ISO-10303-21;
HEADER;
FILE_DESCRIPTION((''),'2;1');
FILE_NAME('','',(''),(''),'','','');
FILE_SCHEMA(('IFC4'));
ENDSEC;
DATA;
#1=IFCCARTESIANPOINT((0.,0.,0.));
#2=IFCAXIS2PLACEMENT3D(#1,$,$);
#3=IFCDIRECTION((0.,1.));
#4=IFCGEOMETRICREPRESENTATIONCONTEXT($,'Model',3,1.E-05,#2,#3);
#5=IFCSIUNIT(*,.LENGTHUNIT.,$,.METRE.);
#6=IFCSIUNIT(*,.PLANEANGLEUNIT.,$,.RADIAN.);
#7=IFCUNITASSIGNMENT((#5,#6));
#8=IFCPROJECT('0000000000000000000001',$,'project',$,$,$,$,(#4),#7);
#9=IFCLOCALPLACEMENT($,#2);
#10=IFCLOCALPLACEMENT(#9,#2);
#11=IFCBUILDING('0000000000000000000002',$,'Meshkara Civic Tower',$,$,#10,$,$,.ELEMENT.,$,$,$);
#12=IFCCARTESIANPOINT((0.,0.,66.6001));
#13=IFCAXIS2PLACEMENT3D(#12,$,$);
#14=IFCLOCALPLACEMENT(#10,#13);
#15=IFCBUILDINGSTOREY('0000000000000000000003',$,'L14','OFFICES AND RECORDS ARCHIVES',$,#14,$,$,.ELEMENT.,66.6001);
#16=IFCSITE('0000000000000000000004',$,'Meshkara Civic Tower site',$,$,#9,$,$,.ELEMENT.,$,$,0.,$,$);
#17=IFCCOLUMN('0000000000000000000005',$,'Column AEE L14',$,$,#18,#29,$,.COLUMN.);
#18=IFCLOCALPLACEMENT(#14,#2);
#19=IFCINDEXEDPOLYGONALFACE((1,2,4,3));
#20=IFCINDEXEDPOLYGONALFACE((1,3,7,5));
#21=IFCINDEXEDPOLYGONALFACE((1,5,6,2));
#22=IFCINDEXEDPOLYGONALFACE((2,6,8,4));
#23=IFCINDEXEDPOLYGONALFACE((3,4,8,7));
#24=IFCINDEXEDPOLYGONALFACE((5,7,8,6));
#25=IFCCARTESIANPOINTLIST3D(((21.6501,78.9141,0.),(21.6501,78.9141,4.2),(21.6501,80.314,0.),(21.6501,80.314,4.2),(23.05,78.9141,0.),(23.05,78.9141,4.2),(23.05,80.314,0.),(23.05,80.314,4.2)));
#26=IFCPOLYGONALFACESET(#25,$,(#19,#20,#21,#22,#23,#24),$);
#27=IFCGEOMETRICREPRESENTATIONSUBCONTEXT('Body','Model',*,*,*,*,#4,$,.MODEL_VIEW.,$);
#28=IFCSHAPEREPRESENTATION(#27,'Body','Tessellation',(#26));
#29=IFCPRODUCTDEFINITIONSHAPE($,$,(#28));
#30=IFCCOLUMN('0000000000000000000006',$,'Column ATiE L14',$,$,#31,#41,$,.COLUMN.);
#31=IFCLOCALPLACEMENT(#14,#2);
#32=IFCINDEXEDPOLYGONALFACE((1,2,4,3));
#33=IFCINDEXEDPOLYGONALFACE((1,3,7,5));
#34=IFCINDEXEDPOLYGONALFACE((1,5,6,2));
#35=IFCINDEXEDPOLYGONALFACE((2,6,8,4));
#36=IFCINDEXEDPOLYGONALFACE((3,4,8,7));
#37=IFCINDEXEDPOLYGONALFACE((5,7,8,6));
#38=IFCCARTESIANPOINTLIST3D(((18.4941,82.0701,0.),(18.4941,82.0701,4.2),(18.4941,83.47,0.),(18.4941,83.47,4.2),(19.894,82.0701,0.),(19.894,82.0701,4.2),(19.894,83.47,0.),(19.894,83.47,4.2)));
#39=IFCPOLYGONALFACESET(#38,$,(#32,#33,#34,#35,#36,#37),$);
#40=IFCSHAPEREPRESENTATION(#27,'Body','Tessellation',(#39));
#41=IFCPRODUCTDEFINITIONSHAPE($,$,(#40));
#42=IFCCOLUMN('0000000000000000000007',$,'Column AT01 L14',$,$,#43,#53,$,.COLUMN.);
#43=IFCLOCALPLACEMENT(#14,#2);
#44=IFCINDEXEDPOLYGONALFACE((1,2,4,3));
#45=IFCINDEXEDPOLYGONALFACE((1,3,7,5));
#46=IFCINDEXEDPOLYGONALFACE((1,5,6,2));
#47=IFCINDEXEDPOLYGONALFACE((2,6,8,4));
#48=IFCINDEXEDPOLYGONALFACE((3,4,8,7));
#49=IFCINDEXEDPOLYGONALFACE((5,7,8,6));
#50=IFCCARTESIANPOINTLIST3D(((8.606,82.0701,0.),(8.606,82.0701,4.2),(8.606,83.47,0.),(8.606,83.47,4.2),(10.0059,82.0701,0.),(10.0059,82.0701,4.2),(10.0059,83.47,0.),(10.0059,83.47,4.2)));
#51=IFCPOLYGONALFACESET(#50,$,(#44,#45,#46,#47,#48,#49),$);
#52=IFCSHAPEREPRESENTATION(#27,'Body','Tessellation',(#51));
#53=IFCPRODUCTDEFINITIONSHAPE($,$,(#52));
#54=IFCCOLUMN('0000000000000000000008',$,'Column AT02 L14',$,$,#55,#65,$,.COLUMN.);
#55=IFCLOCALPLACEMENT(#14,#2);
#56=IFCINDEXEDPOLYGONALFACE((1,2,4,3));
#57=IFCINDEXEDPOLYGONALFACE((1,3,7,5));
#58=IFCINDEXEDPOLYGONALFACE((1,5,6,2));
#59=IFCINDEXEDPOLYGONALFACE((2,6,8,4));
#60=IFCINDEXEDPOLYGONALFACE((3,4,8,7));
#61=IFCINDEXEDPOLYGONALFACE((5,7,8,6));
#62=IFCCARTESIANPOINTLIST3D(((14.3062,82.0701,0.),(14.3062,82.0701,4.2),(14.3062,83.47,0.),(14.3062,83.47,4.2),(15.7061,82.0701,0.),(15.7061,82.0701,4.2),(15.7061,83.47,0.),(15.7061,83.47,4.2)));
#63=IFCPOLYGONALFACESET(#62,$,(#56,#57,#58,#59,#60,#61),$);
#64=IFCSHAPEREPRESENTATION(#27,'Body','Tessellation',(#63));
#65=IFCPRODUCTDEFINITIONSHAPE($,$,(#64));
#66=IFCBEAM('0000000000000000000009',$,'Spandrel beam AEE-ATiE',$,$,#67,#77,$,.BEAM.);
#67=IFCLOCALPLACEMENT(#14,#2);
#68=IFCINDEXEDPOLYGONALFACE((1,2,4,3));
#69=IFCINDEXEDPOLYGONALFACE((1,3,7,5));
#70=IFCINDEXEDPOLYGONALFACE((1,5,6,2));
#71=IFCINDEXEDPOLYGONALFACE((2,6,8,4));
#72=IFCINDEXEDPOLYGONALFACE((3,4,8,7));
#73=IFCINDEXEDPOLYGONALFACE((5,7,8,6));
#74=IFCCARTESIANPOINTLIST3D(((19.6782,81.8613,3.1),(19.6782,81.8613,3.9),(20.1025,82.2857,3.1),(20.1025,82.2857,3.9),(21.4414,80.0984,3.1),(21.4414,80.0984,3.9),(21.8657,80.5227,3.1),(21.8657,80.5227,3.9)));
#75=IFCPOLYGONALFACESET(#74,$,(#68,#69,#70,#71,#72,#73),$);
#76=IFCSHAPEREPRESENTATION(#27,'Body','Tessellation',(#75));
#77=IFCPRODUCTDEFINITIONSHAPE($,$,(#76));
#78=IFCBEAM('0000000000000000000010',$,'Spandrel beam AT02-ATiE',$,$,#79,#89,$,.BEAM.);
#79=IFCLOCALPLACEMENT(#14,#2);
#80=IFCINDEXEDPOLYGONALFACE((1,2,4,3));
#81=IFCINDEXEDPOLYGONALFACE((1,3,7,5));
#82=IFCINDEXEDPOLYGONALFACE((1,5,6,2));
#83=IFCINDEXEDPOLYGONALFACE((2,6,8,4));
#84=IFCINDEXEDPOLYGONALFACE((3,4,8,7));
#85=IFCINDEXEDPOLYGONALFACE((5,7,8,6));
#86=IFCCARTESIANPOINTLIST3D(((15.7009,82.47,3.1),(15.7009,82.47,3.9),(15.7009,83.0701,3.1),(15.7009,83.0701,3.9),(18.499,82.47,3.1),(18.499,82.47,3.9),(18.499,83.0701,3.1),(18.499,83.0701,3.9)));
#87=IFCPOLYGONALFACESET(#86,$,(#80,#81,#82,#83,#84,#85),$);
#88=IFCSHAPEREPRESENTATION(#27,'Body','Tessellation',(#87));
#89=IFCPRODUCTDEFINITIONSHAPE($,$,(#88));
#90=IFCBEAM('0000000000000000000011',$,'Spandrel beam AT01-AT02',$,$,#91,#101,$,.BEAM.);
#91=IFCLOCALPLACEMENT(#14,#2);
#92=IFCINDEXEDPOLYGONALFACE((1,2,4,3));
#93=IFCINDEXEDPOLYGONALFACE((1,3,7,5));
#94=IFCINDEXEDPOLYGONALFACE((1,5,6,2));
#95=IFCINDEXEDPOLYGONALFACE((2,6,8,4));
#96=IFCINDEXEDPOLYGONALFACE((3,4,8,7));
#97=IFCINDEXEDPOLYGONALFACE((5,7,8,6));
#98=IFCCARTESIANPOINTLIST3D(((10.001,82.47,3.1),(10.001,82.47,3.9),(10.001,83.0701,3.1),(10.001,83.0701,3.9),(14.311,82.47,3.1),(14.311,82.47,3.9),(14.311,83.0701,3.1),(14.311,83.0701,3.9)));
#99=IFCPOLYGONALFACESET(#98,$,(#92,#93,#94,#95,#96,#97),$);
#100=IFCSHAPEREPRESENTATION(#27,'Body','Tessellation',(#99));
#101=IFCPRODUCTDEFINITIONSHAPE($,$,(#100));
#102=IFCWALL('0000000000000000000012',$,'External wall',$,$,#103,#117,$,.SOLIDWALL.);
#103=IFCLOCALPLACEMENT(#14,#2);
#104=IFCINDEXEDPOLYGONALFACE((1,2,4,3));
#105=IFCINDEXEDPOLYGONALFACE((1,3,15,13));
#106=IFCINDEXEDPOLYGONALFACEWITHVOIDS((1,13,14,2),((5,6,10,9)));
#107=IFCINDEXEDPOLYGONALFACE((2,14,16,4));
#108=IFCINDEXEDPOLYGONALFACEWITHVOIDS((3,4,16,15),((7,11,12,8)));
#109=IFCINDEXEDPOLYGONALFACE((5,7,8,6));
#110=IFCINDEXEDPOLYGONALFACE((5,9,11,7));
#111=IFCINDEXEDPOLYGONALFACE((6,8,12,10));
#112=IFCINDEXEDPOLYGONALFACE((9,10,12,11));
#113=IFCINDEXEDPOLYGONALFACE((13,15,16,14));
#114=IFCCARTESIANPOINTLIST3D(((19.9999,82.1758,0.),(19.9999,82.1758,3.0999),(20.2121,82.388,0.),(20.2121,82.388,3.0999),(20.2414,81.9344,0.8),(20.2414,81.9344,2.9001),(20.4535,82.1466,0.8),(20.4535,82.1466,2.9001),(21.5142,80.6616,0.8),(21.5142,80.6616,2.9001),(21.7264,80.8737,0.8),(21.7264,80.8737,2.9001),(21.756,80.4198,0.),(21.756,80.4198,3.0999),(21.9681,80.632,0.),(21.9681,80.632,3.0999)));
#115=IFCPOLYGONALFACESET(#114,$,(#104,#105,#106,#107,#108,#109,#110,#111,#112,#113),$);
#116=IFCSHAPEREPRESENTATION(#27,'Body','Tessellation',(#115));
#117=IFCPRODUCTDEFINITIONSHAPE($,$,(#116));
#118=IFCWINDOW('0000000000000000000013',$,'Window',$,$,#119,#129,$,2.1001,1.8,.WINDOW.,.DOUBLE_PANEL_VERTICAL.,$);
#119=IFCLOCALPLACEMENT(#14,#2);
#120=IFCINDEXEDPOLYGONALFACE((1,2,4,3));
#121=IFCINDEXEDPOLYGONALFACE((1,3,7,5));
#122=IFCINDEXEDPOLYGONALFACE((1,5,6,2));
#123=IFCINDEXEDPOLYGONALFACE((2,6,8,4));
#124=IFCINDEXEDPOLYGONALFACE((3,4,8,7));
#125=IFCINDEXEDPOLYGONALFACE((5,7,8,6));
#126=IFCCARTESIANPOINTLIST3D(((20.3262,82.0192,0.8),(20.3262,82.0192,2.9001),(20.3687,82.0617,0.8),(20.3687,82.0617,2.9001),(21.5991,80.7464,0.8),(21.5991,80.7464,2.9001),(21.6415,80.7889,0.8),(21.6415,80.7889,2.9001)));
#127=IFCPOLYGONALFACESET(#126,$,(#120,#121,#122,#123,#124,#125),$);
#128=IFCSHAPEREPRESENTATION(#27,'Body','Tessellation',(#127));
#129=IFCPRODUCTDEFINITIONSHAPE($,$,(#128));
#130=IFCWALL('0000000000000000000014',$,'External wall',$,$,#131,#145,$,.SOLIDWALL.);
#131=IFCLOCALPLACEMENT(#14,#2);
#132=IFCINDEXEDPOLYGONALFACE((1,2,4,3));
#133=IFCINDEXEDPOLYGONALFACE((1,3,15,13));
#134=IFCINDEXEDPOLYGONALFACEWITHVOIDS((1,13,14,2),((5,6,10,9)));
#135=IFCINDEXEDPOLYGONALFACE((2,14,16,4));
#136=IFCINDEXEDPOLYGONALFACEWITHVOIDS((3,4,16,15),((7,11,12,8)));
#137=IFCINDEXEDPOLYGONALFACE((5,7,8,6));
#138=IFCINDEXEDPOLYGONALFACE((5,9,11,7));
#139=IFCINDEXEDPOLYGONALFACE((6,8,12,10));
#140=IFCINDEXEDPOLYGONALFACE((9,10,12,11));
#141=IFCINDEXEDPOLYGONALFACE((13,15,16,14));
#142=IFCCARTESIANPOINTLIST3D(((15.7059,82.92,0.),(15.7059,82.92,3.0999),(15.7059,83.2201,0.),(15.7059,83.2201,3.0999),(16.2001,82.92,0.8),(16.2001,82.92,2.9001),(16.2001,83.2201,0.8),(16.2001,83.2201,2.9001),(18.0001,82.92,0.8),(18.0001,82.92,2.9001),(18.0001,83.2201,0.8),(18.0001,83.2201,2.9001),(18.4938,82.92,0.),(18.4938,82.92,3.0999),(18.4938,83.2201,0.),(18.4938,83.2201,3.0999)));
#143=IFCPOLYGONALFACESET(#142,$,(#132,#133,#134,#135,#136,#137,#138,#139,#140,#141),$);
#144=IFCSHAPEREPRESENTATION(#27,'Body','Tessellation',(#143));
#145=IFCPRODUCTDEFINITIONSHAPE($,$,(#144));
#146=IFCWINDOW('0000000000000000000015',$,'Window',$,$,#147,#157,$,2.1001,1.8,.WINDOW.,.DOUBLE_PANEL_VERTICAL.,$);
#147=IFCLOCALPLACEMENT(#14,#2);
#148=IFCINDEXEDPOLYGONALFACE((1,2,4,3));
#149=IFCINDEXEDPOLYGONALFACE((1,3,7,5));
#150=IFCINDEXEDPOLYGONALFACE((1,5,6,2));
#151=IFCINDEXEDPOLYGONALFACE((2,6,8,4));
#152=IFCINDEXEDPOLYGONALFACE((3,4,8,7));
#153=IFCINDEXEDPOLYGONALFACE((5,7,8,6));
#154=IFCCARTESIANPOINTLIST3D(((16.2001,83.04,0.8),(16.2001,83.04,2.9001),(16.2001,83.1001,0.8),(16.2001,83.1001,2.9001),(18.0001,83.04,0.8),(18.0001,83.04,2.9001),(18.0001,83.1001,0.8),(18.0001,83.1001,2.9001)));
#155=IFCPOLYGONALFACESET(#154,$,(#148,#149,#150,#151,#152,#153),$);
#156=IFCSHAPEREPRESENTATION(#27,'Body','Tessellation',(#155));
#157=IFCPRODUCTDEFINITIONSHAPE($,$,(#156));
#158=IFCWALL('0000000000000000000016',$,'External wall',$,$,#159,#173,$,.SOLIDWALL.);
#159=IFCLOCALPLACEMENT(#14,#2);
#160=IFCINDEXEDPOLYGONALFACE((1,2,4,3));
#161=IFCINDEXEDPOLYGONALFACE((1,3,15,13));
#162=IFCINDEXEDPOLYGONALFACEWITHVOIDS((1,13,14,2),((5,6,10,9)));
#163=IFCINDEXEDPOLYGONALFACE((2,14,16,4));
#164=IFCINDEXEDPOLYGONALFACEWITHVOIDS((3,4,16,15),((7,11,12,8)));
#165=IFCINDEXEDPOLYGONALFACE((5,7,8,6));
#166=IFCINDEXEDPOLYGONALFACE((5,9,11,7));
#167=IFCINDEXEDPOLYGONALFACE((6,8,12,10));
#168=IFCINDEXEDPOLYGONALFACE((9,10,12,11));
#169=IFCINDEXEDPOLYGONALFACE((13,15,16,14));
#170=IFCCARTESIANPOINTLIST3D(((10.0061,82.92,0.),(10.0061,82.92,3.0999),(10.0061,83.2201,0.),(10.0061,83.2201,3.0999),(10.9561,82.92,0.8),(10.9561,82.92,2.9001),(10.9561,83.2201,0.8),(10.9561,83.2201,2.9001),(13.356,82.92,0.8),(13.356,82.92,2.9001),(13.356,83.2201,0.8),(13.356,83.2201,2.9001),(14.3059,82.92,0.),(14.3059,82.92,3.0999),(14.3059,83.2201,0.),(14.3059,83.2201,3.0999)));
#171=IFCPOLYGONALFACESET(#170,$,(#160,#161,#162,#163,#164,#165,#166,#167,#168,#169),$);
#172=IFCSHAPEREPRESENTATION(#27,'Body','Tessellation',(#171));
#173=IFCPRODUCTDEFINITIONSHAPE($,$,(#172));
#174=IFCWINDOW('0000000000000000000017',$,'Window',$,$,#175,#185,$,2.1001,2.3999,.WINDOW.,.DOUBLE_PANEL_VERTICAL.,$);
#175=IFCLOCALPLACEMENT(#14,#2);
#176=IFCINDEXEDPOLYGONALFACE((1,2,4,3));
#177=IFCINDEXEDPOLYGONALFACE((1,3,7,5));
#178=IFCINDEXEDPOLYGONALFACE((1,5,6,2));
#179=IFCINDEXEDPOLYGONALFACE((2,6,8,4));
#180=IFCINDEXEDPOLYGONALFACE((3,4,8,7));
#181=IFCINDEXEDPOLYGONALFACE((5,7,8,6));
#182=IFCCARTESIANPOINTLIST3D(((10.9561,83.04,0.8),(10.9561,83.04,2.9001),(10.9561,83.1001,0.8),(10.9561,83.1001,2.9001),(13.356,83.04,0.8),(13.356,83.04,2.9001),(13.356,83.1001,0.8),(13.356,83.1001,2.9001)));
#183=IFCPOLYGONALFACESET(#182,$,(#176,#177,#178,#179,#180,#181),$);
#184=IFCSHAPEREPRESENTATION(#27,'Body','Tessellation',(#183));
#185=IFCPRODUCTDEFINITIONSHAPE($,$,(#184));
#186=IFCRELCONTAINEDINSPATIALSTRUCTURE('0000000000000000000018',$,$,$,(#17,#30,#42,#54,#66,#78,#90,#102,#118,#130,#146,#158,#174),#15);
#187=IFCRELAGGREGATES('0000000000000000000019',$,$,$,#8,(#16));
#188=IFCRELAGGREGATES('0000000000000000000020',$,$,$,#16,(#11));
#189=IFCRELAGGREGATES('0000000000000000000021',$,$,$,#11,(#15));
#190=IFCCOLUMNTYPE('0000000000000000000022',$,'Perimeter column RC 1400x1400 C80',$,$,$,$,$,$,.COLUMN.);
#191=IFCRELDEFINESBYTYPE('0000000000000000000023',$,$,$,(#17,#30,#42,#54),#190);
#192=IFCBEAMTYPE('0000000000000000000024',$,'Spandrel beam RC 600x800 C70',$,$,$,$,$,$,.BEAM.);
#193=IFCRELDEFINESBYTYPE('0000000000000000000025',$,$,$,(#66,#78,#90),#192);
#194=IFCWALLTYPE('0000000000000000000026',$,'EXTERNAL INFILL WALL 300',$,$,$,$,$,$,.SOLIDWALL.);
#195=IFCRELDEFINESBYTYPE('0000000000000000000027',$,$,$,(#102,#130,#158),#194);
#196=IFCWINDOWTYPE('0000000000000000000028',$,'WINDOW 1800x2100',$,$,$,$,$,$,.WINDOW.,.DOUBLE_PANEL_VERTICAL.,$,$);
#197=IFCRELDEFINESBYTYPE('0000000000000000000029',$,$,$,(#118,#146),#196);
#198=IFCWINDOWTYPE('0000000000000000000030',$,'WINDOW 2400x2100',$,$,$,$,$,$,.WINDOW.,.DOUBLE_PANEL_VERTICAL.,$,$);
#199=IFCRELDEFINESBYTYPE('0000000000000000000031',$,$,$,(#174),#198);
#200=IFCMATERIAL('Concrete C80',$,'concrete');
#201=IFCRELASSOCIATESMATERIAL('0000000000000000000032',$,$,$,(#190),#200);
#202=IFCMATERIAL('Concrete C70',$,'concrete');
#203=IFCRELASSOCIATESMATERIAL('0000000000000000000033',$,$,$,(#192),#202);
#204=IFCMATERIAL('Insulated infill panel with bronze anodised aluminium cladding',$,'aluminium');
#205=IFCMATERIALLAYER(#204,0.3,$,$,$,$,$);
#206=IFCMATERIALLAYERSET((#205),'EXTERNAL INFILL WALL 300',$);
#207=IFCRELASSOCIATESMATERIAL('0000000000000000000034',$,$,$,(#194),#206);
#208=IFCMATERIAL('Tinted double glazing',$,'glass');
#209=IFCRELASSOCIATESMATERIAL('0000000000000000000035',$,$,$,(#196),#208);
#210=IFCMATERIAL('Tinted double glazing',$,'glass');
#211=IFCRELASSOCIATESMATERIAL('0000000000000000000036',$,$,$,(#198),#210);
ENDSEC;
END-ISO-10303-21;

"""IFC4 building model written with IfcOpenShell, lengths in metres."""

from ifc_helpers import new_model, si_unit, direction, frame, frame_2d, origin, origin_2d, place, context, subcontext, project, spatial, rectangle, extrude, material, layer, layer_set, material_profile, profile_set, type_object, element, fill, save


model = new_model("IFC4")

# Units and contexts
model_context = context("Model", 3, precision=1e-05, world=origin(), true_north=direction((0.0, 1.0)))
body_context = subcontext(model_context, "Body", "Model", "MODEL_VIEW")
ifc_project = project(units=[si_unit("LENGTHUNIT", "METRE"), si_unit("PLANEANGLEUNIT", "RADIAN")], contexts=[model_context])

# Site, building, storey
site_placement = place(None, origin())
site = spatial("IfcSite", under=ifc_project, at=site_placement, Name="Meshkara Civic Tower site", CompositionType="ELEMENT", RefElevation=0.0)
building_placement = place(site_placement, origin())
building = spatial("IfcBuilding", under=site, at=building_placement, Name="Meshkara Civic Tower", CompositionType="ELEMENT")
storey_placement = place(building_placement, frame((0.0, 0.0, 66.6001)))
storey = spatial("IfcBuildingStorey", under=building, at=storey_placement, Name="L14", Description="OFFICES AND RECORDS ARCHIVES", CompositionType="ELEMENT", Elevation=66.6001)

# Columns
ifc_material_1 = material(Name="Concrete C80", Category="concrete")
ifc_material_profile_1 = material_profile(ifc_material_1, rectangle(XDim=1.3999, YDim=1.3999, at=origin_2d()))
ifc_profile_set_1 = profile_set([ifc_material_profile_1], Name="Concrete C80")
column_type = type_object("IfcColumnType", Name="Perimeter column RC 1400x1400 C80", PredefinedType="COLUMN", material=ifc_profile_set_1)
for number, where, z_axis, x_axis, name in (
    (1, (22.3501, 79.614, 0.0), (0.0, 0.0, 1.0), (1.0, 0.0, 0.0), "Column AEE L14"),
    (2, (19.1941, 82.77, 0.0), (0.0, 0.0, 1.0), (1.0, 0.0, 0.0), "Column ATiE L14"),
    (3, (9.3059, 82.77, 0.0), (0.0, 0.0, 1.0), (1.0, 0.0, 0.0), "Column AT01 L14"),
    (4, (15.0061, 82.77, 0.0), (0.0, 0.0, 1.0), (1.0, 0.0, 0.0), "Column AT02 L14"),
):
    element("IfcColumn", number, at=place(storey_placement, frame(where, z_axis=z_axis, x_axis=x_axis)), inside=storey, type_object=column_type, Name=name, PredefinedType="COLUMN", context=body_context, shape_type="SweptSolid", body=[
        extrude(rectangle(XDim=1.3999, YDim=1.3999, at=origin_2d()), origin(), (0.0, 0.0, 1.0), 4.2),
    ])

# Beams
ifc_material_2 = material(Name="Concrete C70", Category="concrete")
ifc_material_profile_2 = material_profile(ifc_material_2, rectangle(XDim=0.6001, YDim=0.8, at=origin_2d()))
ifc_profile_set_2 = profile_set([ifc_material_profile_2], Name="Concrete C70")
beam_type = type_object("IfcBeamType", Name="Spandrel beam RC 600x800 C70", PredefinedType="BEAM", material=ifc_profile_set_2)
beam_1_placement = place(storey_placement, frame((21.6536, 80.3105, 3.5), z_axis=(-0.707156, 0.707058, 0.0), x_axis=(-0.707058, -0.707156, 0.0)))
element("IfcBeam", 5, at=beam_1_placement, inside=storey, type_object=beam_type, Name="Spandrel beam AEE-ATiE", PredefinedType="BEAM", context=body_context, shape_type="SweptSolid", body=[
    extrude(rectangle(XDim=0.6001, YDim=0.8, at=origin_2d()), origin(), (0.0, 0.0, 1.0), 2.4934),
])
beam_2_placement = place(storey_placement, frame((18.499, 82.77, 3.5), z_axis=(-1.0, 0.0, 0.0), x_axis=(0.0, -1.0, 0.0)))
element("IfcBeam", 6, at=beam_2_placement, inside=storey, type_object=beam_type, Name="Spandrel beam AT02-ATiE", PredefinedType="BEAM", context=body_context, shape_type="SweptSolid", body=[
    extrude(rectangle(XDim=0.6001, YDim=0.8, at=origin_2d()), origin(), (0.0, 0.0, 1.0), 2.7981),
])
beam_3_placement = place(storey_placement, frame((14.311, 82.77, 3.5), z_axis=(-1.0, 0.0, 0.0), x_axis=(0.0, -1.0, 0.0)))
element("IfcBeam", 7, at=beam_3_placement, inside=storey, type_object=beam_type, Name="Spandrel beam AT01-AT02", PredefinedType="BEAM", context=body_context, shape_type="SweptSolid", body=[
    extrude(rectangle(XDim=0.6001, YDim=0.8, at=origin_2d()), origin(), (0.0, 0.0, 1.0), 4.3101),
])

# Walls, openings, windows
ifc_material_3 = material(Name="Insulated infill panel with bronze anodised aluminium cladding", Category="aluminium")
ifc_layer_1 = layer(ifc_material_3, 0.3)
ifc_layer_set_1 = layer_set([ifc_layer_1], Name="EXTERNAL INFILL WALL 300")
wall_type = type_object("IfcWallType", Name="EXTERNAL INFILL WALL 300", PredefinedType="SOLIDWALL", material=ifc_layer_set_1)
wall_1_placement = place(storey_placement, frame((21.8621, 80.5259, 0.0), z_axis=(0.0, 0.0, 1.0), x_axis=(-0.707107, 0.707107, 0.0)))
wall_1 = element("IfcWall", 8, at=wall_1_placement, inside=storey, type_object=wall_type, Name="External wall", PredefinedType="SOLIDWALL", context=body_context, shape_type="SweptSolid", body=[
    extrude(rectangle(XDim=2.4834, YDim=0.3, at=frame_2d((1.2417, 0.0))), origin(), (0.0, 0.0, 1.0), 3.0999),
])
opening_1_placement = place(wall_1_placement, frame((0.342, 0.0, 0.8)))
opening_1 = element("IfcOpeningElement", 9, at=opening_1_placement, cuts=wall_1, PredefinedType="OPENING", context=body_context, shape_type="SweptSolid", body=[
    extrude(rectangle(XDim=1.8, YDim=2.1001, at=frame_2d((0.8999, 1.05))), frame((0.0, 0.1599, 0.0), z_axis=(0.0, -1.0, 0.0), x_axis=(1.0, 0.0, 0.0)), (0.0, 0.0, 1.0), 0.3201),
])
ifc_material_4 = material(Name="Tinted double glazing", Category="glass")
window_type_1 = type_object("IfcWindowType", Name="WINDOW 1800x2100", PartitioningType="DOUBLE_PANEL_VERTICAL", PredefinedType="WINDOW", material=ifc_material_4)
window_1_placement = place(opening_1_placement, origin())
window_1 = element("IfcWindow", 10, at=window_1_placement, inside=storey, type_object=window_type_1, Name="Window", OverallHeight=2.1001, OverallWidth=1.8, PartitioningType="DOUBLE_PANEL_VERTICAL", PredefinedType="WINDOW", context=body_context, shape_type="SweptSolid", body=[
    extrude(rectangle(XDim=1.8, YDim=2.1001, at=frame_2d((0.8999, 1.05))), frame((0.0, 0.03, 0.0), z_axis=(0.0, -1.0, 0.0), x_axis=(1.0, 0.0, 0.0)), (0.0, 0.0, 1.0), 0.0601),
])
fill(opening_1, window_1)
wall_2_placement = place(storey_placement, frame((18.4939, 83.0701, 0.0), z_axis=(0.0, 0.0, 1.0), x_axis=(-1.0, 0.0, 0.0)))
wall_2 = element("IfcWall", 11, at=wall_2_placement, inside=storey, type_object=wall_type, Name="External wall", PredefinedType="SOLIDWALL", context=body_context, shape_type="SweptSolid", body=[
    extrude(rectangle(XDim=2.7878, YDim=0.3, at=frame_2d((1.394, 0.0))), origin(), (0.0, 0.0, 1.0), 3.0999),
])
opening_2_placement = place(wall_2_placement, frame((0.4939, 0.0, 0.8)))
opening_2 = element("IfcOpeningElement", 12, at=opening_2_placement, cuts=wall_2, PredefinedType="OPENING", context=body_context, shape_type="SweptSolid", body=[
    extrude(rectangle(XDim=1.8, YDim=2.1001, at=frame_2d((0.8999, 1.05))), frame((0.0, 0.1599, 0.0), z_axis=(0.0, -1.0, 0.0), x_axis=(1.0, 0.0, 0.0)), (0.0, 0.0, 1.0), 0.3201),
])
window_2_placement = place(opening_2_placement, origin())
window_2 = element("IfcWindow", 13, at=window_2_placement, inside=storey, type_object=window_type_1, Name="Window", OverallHeight=2.1001, OverallWidth=1.8, PartitioningType="DOUBLE_PANEL_VERTICAL", PredefinedType="WINDOW", context=body_context, shape_type="SweptSolid", body=[
    extrude(rectangle(XDim=1.8, YDim=2.1001, at=frame_2d((0.8999, 1.05))), frame((0.0, 0.03, 0.0), z_axis=(0.0, -1.0, 0.0), x_axis=(1.0, 0.0, 0.0)), (0.0, 0.0, 1.0), 0.0601),
])
fill(opening_2, window_2)
wall_3_placement = place(storey_placement, frame((14.3059, 83.0701, 0.0), z_axis=(0.0, 0.0, 1.0), x_axis=(-1.0, 0.0, 0.0)))
wall_3 = element("IfcWall", 14, at=wall_3_placement, inside=storey, type_object=wall_type, Name="External wall", PredefinedType="SOLIDWALL", context=body_context, shape_type="SweptSolid", body=[
    extrude(rectangle(XDim=4.2998, YDim=0.3, at=frame_2d((2.1499, 0.0))), origin(), (0.0, 0.0, 1.0), 3.0999),
])
opening_3_placement = place(wall_3_placement, frame((0.95, 0.0, 0.8)))
opening_3 = element("IfcOpeningElement", 15, at=opening_3_placement, cuts=wall_3, PredefinedType="OPENING", context=body_context, shape_type="SweptSolid", body=[
    extrude(rectangle(XDim=2.3999, YDim=2.1001, at=frame_2d((1.2, 1.05))), frame((0.0, 0.1599, 0.0), z_axis=(0.0, -1.0, 0.0), x_axis=(1.0, 0.0, 0.0)), (0.0, 0.0, 1.0), 0.3201),
])
ifc_material_5 = material(Name="Tinted double glazing", Category="glass")
window_type_2 = type_object("IfcWindowType", Name="WINDOW 2400x2100", PartitioningType="DOUBLE_PANEL_VERTICAL", PredefinedType="WINDOW", material=ifc_material_5)
window_3_placement = place(opening_3_placement, origin())
window_3 = element("IfcWindow", 16, at=window_3_placement, inside=storey, type_object=window_type_2, Name="Window", OverallHeight=2.1001, OverallWidth=2.3999, PartitioningType="DOUBLE_PANEL_VERTICAL", PredefinedType="WINDOW", context=body_context, shape_type="SweptSolid", body=[
    extrude(rectangle(XDim=2.3999, YDim=2.1001, at=frame_2d((1.2, 1.05))), frame((0.0, 0.03, 0.0), z_axis=(0.0, -1.0, 0.0), x_axis=(1.0, 0.0, 0.0)), (0.0, 0.0, 1.0), 0.0601),
])
fill(opening_3, window_3)

save(model, "model.ifc")
